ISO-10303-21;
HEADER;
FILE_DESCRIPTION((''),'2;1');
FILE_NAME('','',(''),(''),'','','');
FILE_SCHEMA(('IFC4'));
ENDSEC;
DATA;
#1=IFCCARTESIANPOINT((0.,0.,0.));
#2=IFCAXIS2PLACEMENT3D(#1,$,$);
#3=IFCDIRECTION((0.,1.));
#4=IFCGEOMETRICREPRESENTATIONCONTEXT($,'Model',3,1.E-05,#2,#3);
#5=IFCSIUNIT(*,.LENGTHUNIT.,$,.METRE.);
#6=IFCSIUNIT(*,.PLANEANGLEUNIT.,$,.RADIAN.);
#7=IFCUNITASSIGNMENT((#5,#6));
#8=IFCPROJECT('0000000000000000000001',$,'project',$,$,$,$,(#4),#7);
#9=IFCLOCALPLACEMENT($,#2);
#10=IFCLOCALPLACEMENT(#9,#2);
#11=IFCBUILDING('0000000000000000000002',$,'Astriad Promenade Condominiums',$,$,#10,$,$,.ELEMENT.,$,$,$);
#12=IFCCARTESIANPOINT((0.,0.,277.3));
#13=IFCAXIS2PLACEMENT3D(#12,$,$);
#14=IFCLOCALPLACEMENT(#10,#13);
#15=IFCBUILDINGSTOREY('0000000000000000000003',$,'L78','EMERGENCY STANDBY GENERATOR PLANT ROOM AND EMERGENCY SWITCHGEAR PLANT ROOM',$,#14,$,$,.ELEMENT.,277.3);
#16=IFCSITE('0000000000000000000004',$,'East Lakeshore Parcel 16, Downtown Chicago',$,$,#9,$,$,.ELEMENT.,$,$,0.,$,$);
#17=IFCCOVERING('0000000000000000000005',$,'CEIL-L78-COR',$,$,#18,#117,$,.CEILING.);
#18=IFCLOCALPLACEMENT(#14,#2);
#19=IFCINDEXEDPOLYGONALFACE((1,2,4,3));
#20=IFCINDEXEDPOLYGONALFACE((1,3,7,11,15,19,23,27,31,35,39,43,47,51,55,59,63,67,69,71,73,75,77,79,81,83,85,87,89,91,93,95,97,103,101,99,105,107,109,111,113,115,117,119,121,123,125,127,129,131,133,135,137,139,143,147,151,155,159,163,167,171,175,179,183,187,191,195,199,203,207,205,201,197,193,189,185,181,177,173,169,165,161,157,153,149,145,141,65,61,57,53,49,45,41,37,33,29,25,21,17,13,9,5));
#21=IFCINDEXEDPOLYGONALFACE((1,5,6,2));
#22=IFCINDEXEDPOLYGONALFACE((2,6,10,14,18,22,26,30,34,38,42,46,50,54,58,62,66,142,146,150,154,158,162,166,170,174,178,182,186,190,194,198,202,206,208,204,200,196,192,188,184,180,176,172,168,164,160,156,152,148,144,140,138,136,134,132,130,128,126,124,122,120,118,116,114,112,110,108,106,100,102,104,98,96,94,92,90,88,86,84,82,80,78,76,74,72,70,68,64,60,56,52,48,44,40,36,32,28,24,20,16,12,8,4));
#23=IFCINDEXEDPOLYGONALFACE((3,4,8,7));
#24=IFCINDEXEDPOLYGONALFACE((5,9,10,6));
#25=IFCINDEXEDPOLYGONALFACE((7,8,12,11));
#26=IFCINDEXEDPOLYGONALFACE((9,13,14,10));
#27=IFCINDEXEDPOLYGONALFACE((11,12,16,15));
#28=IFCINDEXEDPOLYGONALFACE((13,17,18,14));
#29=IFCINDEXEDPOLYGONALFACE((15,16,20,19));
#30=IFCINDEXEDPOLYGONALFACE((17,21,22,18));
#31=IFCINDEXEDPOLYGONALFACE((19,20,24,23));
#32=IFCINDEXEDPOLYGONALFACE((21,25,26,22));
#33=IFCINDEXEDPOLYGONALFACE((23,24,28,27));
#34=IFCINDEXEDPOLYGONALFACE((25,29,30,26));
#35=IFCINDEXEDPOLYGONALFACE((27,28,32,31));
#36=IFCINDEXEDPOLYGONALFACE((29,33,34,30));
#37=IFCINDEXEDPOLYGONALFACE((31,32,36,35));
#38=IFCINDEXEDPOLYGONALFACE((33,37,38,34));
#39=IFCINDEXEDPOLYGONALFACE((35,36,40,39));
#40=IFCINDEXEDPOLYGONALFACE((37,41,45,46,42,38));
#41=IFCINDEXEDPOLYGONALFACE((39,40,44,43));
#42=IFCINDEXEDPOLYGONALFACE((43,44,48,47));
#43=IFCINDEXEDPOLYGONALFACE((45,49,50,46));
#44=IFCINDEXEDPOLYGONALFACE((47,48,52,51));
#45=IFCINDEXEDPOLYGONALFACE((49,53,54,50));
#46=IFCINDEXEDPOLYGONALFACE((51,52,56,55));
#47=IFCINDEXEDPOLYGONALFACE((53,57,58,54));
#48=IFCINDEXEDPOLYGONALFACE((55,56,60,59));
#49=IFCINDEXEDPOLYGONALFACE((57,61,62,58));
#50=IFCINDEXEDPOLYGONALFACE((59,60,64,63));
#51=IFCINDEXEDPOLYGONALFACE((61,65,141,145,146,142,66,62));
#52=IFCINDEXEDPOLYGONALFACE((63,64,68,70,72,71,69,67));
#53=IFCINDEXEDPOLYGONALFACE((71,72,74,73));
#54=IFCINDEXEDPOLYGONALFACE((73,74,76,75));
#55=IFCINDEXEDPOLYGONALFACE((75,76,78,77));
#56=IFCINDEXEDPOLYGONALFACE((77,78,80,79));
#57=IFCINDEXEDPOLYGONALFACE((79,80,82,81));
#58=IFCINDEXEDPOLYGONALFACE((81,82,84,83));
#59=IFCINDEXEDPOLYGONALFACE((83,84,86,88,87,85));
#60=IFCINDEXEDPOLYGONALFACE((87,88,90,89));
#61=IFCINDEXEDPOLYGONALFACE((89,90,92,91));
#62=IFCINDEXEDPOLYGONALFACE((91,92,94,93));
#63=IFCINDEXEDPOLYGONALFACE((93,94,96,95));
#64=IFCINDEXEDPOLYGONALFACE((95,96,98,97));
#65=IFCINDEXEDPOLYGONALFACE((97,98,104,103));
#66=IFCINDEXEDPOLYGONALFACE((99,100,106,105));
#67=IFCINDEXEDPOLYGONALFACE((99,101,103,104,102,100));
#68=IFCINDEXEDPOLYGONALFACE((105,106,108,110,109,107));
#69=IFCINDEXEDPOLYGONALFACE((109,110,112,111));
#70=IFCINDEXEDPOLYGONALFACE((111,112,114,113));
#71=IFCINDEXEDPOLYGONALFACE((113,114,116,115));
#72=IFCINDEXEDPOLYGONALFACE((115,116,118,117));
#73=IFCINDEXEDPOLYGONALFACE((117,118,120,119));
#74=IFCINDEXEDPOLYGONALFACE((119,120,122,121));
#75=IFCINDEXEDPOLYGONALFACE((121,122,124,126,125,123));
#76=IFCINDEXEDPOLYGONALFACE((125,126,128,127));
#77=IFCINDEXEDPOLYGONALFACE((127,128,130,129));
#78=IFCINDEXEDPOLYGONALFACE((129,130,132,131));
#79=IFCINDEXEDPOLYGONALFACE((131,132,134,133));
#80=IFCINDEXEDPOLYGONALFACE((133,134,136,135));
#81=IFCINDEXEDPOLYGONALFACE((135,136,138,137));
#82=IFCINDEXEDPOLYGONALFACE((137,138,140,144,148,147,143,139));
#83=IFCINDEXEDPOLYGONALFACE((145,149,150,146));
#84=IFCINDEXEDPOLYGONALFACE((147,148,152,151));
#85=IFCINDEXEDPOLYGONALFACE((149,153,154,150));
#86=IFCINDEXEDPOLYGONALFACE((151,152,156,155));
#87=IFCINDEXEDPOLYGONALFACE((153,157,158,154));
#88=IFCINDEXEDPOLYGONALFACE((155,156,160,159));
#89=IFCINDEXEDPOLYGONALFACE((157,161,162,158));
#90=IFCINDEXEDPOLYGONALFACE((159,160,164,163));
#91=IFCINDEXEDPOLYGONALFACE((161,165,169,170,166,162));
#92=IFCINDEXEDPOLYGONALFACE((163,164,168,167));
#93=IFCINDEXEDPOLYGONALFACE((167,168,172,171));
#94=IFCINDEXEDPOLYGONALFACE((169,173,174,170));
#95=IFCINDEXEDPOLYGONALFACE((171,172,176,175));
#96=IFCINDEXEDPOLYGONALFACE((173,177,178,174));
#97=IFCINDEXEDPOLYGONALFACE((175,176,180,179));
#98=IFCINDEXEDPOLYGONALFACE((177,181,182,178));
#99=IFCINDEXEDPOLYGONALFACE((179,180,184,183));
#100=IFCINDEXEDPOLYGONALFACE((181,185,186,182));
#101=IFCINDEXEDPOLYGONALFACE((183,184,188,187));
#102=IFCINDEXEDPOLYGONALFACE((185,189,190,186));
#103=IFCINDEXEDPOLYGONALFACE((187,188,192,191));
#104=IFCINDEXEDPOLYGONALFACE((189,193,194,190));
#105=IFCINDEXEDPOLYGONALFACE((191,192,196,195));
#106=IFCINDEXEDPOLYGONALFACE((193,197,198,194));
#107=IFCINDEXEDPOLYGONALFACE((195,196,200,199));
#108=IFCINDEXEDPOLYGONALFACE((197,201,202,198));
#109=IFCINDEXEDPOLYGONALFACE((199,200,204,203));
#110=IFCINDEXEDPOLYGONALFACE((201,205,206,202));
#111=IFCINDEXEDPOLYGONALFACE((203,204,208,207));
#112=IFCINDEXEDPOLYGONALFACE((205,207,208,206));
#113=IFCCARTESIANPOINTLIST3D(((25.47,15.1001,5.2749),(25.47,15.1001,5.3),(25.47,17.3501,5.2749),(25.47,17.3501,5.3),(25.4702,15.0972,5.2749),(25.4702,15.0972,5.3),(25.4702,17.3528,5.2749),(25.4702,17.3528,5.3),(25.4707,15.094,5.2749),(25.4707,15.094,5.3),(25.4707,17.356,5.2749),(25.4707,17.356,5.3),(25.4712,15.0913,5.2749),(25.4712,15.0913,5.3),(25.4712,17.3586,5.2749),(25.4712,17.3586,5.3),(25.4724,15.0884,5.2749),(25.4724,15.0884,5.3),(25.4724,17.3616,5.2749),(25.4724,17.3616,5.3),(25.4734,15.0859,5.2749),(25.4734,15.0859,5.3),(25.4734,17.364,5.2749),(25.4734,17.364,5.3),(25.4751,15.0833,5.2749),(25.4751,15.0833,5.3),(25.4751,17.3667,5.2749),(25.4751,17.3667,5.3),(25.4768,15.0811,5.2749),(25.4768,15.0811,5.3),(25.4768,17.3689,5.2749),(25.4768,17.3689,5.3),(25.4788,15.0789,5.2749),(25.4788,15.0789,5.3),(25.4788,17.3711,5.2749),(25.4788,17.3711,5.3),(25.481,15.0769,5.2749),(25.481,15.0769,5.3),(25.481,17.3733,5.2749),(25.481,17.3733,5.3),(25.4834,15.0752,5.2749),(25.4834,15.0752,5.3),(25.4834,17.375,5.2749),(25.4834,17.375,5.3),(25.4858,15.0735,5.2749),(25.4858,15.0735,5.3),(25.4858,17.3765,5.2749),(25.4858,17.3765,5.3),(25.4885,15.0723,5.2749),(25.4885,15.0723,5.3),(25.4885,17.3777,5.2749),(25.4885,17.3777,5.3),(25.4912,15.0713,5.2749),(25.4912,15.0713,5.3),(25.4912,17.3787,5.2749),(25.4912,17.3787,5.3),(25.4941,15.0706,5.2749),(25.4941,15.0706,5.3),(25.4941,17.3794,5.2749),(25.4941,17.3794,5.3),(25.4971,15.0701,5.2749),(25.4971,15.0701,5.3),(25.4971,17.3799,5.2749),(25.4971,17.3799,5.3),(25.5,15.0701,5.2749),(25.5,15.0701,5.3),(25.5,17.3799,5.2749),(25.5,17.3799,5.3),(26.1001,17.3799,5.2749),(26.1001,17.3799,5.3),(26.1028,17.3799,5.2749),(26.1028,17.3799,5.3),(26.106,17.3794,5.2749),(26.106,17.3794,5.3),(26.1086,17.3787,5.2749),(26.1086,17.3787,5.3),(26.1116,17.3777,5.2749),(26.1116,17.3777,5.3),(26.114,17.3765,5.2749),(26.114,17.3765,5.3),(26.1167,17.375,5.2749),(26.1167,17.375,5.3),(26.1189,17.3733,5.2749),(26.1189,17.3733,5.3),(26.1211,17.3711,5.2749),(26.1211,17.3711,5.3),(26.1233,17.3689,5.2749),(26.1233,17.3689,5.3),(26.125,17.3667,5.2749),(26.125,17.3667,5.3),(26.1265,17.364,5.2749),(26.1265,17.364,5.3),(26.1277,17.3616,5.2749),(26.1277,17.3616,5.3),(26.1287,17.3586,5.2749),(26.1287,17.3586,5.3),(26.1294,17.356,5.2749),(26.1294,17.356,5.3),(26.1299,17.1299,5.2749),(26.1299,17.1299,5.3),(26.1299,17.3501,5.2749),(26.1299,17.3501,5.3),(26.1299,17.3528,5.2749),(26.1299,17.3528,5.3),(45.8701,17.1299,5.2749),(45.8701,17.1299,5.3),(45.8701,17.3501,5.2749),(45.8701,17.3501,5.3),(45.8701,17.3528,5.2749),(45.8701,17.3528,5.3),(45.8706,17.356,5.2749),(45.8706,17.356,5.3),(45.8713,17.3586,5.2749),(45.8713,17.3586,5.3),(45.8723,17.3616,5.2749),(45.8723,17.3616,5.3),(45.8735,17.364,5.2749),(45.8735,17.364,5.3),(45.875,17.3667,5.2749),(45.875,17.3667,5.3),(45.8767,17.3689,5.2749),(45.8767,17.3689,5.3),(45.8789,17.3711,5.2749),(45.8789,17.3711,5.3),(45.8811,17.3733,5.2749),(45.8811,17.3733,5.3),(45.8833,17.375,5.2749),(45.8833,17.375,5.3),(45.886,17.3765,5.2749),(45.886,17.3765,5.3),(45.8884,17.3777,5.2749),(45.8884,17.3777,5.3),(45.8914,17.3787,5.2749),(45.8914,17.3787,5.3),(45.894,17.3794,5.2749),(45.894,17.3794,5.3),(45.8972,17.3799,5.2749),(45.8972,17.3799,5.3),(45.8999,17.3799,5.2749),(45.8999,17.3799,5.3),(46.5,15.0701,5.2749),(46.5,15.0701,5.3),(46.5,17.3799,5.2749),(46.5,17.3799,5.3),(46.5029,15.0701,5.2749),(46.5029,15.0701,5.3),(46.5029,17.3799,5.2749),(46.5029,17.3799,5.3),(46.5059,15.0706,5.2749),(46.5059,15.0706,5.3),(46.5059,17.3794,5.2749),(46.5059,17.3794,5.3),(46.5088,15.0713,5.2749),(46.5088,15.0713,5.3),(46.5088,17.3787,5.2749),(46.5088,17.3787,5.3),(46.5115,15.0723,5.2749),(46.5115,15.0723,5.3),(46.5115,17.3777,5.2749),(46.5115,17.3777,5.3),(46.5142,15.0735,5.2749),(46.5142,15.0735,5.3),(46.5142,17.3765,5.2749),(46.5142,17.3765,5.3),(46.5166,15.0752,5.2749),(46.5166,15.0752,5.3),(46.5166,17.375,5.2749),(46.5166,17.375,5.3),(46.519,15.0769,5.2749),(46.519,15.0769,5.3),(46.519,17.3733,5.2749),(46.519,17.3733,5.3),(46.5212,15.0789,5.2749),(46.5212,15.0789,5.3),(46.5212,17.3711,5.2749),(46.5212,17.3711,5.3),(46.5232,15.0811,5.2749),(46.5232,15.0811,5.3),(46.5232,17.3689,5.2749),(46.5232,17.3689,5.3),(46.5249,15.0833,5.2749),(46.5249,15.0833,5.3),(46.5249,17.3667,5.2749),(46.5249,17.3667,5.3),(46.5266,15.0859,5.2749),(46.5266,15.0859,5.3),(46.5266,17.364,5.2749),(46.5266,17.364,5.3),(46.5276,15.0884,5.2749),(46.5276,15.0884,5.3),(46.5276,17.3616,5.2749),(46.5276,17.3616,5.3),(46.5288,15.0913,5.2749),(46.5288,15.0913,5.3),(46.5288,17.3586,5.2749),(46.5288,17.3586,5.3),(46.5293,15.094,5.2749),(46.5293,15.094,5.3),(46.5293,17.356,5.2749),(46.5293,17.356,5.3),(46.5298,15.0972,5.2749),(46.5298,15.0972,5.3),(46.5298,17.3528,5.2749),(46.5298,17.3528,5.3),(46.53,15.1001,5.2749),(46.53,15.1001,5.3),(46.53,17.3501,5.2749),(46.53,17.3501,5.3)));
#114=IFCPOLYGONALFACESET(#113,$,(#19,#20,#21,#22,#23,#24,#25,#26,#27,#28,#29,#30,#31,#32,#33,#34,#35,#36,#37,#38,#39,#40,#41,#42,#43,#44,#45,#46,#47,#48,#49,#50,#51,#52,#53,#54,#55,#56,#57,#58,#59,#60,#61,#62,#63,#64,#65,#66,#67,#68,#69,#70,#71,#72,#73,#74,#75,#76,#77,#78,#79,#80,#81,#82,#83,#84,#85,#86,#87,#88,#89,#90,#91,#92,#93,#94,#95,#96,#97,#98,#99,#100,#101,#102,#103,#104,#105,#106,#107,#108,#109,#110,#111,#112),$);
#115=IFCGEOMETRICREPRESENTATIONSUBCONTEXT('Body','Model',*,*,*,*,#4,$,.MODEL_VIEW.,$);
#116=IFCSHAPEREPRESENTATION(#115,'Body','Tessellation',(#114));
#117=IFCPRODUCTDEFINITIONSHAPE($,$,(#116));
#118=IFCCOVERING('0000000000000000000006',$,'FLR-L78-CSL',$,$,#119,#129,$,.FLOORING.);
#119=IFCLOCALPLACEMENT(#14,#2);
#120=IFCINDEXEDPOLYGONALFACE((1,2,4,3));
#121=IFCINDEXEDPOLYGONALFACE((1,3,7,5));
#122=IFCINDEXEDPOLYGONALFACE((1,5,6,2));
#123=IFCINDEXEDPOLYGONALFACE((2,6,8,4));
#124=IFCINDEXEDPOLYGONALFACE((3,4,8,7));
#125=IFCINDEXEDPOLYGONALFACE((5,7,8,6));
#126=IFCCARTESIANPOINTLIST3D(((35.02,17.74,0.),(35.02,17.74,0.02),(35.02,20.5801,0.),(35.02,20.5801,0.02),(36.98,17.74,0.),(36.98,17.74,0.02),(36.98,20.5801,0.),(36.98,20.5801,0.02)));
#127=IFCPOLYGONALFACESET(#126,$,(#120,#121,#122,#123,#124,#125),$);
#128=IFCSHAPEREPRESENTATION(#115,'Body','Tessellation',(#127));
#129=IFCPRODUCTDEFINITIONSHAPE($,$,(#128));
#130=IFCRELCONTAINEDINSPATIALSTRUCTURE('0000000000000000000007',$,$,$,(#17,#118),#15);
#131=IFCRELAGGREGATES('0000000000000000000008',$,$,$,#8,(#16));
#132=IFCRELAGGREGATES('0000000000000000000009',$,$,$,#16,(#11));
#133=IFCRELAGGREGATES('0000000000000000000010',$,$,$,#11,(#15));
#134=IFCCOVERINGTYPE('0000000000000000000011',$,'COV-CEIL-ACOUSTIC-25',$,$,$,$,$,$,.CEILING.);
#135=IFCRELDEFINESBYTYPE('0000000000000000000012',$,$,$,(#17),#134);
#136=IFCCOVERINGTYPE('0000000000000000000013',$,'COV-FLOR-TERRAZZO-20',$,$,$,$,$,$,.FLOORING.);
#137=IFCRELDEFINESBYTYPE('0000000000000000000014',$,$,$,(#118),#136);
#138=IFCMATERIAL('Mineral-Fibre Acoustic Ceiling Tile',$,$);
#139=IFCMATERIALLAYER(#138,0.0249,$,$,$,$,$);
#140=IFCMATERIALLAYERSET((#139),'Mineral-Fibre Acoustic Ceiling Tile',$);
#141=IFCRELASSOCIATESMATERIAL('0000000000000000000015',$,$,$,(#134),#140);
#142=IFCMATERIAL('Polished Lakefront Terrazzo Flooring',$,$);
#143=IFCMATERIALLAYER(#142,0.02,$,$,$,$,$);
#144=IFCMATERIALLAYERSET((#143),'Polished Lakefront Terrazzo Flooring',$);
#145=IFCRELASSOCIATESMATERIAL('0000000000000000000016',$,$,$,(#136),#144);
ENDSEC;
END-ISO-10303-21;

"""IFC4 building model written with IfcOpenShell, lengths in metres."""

from ifc_helpers import new_model, si_unit, direction, frame, origin, place, context, subcontext, project, spatial, polyline, outline, extrude, material, layer, layer_set, type_object, element, save


model = new_model("IFC4")

# Units and contexts
model_context = context("Model", 3, precision=1e-05, world=origin(), true_north=direction((0.0, 1.0)))
body_context = subcontext(model_context, "Body", "Model", "MODEL_VIEW")
ifc_project = project(units=[si_unit("LENGTHUNIT", "METRE"), si_unit("PLANEANGLEUNIT", "RADIAN")], contexts=[model_context])

# Site, building, storey
site_placement = place(None, origin())
site = spatial("IfcSite", under=ifc_project, at=site_placement, Name="East Lakeshore Parcel 16, Downtown Chicago", CompositionType="ELEMENT", RefElevation=0.0)
building_placement = place(site_placement, origin())
building = spatial("IfcBuilding", under=site, at=building_placement, Name="Astriad Promenade Condominiums", CompositionType="ELEMENT")
storey_placement = place(building_placement, frame((0.0, 0.0, 277.3)))
storey = spatial("IfcBuildingStorey", under=building, at=storey_placement, Name="L78", Description="EMERGENCY STANDBY GENERATOR PLANT ROOM AND EMERGENCY SWITCHGEAR PLANT ROOM", CompositionType="ELEMENT", Elevation=277.3)

# Coverings
ifc_material_1 = material(Name="Mineral-Fibre Acoustic Ceiling Tile")
ifc_layer_1 = layer(ifc_material_1, 0.0249)
ifc_layer_set_1 = layer_set([ifc_layer_1], Name="Mineral-Fibre Acoustic Ceiling Tile")
covering_type_1 = type_object("IfcCoveringType", Name="COV-CEIL-ACOUSTIC-25", PredefinedType="CEILING", material=ifc_layer_set_1)
covering_1_placement = place(storey_placement, frame((0.0, 0.0, 5.2749)))
element("IfcCovering", 1, at=covering_1_placement, inside=storey, type_object=covering_type_1, Name="CEIL-L78-COR", PredefinedType="CEILING", context=body_context, shape_type="SweptSolid", body=[
    extrude(outline(polyline([(26.1299, 17.1299), (45.8701, 17.1299), (45.8701, 17.3501), (45.8701, 17.3528), (45.8706, 17.356), (45.8713, 17.3586), (45.8723, 17.3616), (45.8735, 17.364), (45.875, 17.3667), (45.8767, 17.3689), (45.8789, 17.3711), (45.8811, 17.3733), (45.8833, 17.375), (45.886, 17.3765), (45.8884, 17.3777), (45.8914, 17.3787), (45.894, 17.3794), (45.8972, 17.3799), (45.8999, 17.3799), (46.5, 17.3799), (46.5029, 17.3799), (46.5059, 17.3794), (46.5088, 17.3787), (46.5115, 17.3777), (46.5142, 17.3765), (46.5166, 17.375), (46.519, 17.3733), (46.5212, 17.3711), (46.5232, 17.3689), (46.5249, 17.3667), (46.5266, 17.364), (46.5276, 17.3616), (46.5288, 17.3586), (46.5293, 17.356), (46.5298, 17.3528), (46.53, 17.3501), (46.53, 15.1001), (46.5298, 15.0972), (46.5293, 15.094), (46.5288, 15.0913), (46.5276, 15.0884), (46.5266, 15.0859), (46.5249, 15.0833), (46.5232, 15.0811), (46.5212, 15.0789), (46.519, 15.0769), (46.5166, 15.0752), (46.5142, 15.0735), (46.5115, 15.0723), (46.5088, 15.0713), (46.5059, 15.0706), (46.5029, 15.0701), (46.5, 15.0701), (25.5, 15.0701), (25.4971, 15.0701), (25.4941, 15.0706), (25.4912, 15.0713), (25.4885, 15.0723), (25.4858, 15.0735), (25.4834, 15.0752), (25.481, 15.0769), (25.4788, 15.0789), (25.4768, 15.0811), (25.4751, 15.0833), (25.4734, 15.0859), (25.4724, 15.0884), (25.4712, 15.0913), (25.4707, 15.094), (25.4702, 15.0972), (25.47, 15.1001), (25.47, 17.3501), (25.4702, 17.3528), (25.4707, 17.356), (25.4712, 17.3586), (25.4724, 17.3616), (25.4734, 17.364), (25.4751, 17.3667), (25.4768, 17.3689), (25.4788, 17.3711), (25.481, 17.3733), (25.4834, 17.375), (25.4858, 17.3765), (25.4885, 17.3777), (25.4912, 17.3787), (25.4941, 17.3794), (25.4971, 17.3799), (25.5, 17.3799), (26.1001, 17.3799), (26.1028, 17.3799), (26.106, 17.3794), (26.1086, 17.3787), (26.1116, 17.3777), (26.114, 17.3765), (26.1167, 17.375), (26.1189, 17.3733), (26.1211, 17.3711), (26.1233, 17.3689), (26.125, 17.3667), (26.1265, 17.364), (26.1277, 17.3616), (26.1287, 17.3586), (26.1294, 17.356), (26.1299, 17.3528), (26.1299, 17.3501), (26.1299, 17.1299)])), origin(), (0.0, 0.0, 1.0), 0.0251),
])
ifc_material_2 = material(Name="Polished Lakefront Terrazzo Flooring")
ifc_layer_2 = layer(ifc_material_2, 0.02)
ifc_layer_set_2 = layer_set([ifc_layer_2], Name="Polished Lakefront Terrazzo Flooring")
covering_type_2 = type_object("IfcCoveringType", Name="COV-FLOR-TERRAZZO-20", PredefinedType="FLOORING", material=ifc_layer_set_2)
covering_2_placement = place(storey_placement, origin())
element("IfcCovering", 2, at=covering_2_placement, inside=storey, type_object=covering_type_2, Name="FLR-L78-CSL", PredefinedType="FLOORING", context=body_context, shape_type="SweptSolid", body=[
    extrude(outline(polyline([(36.98, 17.74), (35.02, 17.74), (35.02, 20.5801), (36.98, 20.5801), (36.98, 17.74)])), origin(), (0.0, 0.0, 1.0), 0.02),
])

save(model, "model.ifc")
